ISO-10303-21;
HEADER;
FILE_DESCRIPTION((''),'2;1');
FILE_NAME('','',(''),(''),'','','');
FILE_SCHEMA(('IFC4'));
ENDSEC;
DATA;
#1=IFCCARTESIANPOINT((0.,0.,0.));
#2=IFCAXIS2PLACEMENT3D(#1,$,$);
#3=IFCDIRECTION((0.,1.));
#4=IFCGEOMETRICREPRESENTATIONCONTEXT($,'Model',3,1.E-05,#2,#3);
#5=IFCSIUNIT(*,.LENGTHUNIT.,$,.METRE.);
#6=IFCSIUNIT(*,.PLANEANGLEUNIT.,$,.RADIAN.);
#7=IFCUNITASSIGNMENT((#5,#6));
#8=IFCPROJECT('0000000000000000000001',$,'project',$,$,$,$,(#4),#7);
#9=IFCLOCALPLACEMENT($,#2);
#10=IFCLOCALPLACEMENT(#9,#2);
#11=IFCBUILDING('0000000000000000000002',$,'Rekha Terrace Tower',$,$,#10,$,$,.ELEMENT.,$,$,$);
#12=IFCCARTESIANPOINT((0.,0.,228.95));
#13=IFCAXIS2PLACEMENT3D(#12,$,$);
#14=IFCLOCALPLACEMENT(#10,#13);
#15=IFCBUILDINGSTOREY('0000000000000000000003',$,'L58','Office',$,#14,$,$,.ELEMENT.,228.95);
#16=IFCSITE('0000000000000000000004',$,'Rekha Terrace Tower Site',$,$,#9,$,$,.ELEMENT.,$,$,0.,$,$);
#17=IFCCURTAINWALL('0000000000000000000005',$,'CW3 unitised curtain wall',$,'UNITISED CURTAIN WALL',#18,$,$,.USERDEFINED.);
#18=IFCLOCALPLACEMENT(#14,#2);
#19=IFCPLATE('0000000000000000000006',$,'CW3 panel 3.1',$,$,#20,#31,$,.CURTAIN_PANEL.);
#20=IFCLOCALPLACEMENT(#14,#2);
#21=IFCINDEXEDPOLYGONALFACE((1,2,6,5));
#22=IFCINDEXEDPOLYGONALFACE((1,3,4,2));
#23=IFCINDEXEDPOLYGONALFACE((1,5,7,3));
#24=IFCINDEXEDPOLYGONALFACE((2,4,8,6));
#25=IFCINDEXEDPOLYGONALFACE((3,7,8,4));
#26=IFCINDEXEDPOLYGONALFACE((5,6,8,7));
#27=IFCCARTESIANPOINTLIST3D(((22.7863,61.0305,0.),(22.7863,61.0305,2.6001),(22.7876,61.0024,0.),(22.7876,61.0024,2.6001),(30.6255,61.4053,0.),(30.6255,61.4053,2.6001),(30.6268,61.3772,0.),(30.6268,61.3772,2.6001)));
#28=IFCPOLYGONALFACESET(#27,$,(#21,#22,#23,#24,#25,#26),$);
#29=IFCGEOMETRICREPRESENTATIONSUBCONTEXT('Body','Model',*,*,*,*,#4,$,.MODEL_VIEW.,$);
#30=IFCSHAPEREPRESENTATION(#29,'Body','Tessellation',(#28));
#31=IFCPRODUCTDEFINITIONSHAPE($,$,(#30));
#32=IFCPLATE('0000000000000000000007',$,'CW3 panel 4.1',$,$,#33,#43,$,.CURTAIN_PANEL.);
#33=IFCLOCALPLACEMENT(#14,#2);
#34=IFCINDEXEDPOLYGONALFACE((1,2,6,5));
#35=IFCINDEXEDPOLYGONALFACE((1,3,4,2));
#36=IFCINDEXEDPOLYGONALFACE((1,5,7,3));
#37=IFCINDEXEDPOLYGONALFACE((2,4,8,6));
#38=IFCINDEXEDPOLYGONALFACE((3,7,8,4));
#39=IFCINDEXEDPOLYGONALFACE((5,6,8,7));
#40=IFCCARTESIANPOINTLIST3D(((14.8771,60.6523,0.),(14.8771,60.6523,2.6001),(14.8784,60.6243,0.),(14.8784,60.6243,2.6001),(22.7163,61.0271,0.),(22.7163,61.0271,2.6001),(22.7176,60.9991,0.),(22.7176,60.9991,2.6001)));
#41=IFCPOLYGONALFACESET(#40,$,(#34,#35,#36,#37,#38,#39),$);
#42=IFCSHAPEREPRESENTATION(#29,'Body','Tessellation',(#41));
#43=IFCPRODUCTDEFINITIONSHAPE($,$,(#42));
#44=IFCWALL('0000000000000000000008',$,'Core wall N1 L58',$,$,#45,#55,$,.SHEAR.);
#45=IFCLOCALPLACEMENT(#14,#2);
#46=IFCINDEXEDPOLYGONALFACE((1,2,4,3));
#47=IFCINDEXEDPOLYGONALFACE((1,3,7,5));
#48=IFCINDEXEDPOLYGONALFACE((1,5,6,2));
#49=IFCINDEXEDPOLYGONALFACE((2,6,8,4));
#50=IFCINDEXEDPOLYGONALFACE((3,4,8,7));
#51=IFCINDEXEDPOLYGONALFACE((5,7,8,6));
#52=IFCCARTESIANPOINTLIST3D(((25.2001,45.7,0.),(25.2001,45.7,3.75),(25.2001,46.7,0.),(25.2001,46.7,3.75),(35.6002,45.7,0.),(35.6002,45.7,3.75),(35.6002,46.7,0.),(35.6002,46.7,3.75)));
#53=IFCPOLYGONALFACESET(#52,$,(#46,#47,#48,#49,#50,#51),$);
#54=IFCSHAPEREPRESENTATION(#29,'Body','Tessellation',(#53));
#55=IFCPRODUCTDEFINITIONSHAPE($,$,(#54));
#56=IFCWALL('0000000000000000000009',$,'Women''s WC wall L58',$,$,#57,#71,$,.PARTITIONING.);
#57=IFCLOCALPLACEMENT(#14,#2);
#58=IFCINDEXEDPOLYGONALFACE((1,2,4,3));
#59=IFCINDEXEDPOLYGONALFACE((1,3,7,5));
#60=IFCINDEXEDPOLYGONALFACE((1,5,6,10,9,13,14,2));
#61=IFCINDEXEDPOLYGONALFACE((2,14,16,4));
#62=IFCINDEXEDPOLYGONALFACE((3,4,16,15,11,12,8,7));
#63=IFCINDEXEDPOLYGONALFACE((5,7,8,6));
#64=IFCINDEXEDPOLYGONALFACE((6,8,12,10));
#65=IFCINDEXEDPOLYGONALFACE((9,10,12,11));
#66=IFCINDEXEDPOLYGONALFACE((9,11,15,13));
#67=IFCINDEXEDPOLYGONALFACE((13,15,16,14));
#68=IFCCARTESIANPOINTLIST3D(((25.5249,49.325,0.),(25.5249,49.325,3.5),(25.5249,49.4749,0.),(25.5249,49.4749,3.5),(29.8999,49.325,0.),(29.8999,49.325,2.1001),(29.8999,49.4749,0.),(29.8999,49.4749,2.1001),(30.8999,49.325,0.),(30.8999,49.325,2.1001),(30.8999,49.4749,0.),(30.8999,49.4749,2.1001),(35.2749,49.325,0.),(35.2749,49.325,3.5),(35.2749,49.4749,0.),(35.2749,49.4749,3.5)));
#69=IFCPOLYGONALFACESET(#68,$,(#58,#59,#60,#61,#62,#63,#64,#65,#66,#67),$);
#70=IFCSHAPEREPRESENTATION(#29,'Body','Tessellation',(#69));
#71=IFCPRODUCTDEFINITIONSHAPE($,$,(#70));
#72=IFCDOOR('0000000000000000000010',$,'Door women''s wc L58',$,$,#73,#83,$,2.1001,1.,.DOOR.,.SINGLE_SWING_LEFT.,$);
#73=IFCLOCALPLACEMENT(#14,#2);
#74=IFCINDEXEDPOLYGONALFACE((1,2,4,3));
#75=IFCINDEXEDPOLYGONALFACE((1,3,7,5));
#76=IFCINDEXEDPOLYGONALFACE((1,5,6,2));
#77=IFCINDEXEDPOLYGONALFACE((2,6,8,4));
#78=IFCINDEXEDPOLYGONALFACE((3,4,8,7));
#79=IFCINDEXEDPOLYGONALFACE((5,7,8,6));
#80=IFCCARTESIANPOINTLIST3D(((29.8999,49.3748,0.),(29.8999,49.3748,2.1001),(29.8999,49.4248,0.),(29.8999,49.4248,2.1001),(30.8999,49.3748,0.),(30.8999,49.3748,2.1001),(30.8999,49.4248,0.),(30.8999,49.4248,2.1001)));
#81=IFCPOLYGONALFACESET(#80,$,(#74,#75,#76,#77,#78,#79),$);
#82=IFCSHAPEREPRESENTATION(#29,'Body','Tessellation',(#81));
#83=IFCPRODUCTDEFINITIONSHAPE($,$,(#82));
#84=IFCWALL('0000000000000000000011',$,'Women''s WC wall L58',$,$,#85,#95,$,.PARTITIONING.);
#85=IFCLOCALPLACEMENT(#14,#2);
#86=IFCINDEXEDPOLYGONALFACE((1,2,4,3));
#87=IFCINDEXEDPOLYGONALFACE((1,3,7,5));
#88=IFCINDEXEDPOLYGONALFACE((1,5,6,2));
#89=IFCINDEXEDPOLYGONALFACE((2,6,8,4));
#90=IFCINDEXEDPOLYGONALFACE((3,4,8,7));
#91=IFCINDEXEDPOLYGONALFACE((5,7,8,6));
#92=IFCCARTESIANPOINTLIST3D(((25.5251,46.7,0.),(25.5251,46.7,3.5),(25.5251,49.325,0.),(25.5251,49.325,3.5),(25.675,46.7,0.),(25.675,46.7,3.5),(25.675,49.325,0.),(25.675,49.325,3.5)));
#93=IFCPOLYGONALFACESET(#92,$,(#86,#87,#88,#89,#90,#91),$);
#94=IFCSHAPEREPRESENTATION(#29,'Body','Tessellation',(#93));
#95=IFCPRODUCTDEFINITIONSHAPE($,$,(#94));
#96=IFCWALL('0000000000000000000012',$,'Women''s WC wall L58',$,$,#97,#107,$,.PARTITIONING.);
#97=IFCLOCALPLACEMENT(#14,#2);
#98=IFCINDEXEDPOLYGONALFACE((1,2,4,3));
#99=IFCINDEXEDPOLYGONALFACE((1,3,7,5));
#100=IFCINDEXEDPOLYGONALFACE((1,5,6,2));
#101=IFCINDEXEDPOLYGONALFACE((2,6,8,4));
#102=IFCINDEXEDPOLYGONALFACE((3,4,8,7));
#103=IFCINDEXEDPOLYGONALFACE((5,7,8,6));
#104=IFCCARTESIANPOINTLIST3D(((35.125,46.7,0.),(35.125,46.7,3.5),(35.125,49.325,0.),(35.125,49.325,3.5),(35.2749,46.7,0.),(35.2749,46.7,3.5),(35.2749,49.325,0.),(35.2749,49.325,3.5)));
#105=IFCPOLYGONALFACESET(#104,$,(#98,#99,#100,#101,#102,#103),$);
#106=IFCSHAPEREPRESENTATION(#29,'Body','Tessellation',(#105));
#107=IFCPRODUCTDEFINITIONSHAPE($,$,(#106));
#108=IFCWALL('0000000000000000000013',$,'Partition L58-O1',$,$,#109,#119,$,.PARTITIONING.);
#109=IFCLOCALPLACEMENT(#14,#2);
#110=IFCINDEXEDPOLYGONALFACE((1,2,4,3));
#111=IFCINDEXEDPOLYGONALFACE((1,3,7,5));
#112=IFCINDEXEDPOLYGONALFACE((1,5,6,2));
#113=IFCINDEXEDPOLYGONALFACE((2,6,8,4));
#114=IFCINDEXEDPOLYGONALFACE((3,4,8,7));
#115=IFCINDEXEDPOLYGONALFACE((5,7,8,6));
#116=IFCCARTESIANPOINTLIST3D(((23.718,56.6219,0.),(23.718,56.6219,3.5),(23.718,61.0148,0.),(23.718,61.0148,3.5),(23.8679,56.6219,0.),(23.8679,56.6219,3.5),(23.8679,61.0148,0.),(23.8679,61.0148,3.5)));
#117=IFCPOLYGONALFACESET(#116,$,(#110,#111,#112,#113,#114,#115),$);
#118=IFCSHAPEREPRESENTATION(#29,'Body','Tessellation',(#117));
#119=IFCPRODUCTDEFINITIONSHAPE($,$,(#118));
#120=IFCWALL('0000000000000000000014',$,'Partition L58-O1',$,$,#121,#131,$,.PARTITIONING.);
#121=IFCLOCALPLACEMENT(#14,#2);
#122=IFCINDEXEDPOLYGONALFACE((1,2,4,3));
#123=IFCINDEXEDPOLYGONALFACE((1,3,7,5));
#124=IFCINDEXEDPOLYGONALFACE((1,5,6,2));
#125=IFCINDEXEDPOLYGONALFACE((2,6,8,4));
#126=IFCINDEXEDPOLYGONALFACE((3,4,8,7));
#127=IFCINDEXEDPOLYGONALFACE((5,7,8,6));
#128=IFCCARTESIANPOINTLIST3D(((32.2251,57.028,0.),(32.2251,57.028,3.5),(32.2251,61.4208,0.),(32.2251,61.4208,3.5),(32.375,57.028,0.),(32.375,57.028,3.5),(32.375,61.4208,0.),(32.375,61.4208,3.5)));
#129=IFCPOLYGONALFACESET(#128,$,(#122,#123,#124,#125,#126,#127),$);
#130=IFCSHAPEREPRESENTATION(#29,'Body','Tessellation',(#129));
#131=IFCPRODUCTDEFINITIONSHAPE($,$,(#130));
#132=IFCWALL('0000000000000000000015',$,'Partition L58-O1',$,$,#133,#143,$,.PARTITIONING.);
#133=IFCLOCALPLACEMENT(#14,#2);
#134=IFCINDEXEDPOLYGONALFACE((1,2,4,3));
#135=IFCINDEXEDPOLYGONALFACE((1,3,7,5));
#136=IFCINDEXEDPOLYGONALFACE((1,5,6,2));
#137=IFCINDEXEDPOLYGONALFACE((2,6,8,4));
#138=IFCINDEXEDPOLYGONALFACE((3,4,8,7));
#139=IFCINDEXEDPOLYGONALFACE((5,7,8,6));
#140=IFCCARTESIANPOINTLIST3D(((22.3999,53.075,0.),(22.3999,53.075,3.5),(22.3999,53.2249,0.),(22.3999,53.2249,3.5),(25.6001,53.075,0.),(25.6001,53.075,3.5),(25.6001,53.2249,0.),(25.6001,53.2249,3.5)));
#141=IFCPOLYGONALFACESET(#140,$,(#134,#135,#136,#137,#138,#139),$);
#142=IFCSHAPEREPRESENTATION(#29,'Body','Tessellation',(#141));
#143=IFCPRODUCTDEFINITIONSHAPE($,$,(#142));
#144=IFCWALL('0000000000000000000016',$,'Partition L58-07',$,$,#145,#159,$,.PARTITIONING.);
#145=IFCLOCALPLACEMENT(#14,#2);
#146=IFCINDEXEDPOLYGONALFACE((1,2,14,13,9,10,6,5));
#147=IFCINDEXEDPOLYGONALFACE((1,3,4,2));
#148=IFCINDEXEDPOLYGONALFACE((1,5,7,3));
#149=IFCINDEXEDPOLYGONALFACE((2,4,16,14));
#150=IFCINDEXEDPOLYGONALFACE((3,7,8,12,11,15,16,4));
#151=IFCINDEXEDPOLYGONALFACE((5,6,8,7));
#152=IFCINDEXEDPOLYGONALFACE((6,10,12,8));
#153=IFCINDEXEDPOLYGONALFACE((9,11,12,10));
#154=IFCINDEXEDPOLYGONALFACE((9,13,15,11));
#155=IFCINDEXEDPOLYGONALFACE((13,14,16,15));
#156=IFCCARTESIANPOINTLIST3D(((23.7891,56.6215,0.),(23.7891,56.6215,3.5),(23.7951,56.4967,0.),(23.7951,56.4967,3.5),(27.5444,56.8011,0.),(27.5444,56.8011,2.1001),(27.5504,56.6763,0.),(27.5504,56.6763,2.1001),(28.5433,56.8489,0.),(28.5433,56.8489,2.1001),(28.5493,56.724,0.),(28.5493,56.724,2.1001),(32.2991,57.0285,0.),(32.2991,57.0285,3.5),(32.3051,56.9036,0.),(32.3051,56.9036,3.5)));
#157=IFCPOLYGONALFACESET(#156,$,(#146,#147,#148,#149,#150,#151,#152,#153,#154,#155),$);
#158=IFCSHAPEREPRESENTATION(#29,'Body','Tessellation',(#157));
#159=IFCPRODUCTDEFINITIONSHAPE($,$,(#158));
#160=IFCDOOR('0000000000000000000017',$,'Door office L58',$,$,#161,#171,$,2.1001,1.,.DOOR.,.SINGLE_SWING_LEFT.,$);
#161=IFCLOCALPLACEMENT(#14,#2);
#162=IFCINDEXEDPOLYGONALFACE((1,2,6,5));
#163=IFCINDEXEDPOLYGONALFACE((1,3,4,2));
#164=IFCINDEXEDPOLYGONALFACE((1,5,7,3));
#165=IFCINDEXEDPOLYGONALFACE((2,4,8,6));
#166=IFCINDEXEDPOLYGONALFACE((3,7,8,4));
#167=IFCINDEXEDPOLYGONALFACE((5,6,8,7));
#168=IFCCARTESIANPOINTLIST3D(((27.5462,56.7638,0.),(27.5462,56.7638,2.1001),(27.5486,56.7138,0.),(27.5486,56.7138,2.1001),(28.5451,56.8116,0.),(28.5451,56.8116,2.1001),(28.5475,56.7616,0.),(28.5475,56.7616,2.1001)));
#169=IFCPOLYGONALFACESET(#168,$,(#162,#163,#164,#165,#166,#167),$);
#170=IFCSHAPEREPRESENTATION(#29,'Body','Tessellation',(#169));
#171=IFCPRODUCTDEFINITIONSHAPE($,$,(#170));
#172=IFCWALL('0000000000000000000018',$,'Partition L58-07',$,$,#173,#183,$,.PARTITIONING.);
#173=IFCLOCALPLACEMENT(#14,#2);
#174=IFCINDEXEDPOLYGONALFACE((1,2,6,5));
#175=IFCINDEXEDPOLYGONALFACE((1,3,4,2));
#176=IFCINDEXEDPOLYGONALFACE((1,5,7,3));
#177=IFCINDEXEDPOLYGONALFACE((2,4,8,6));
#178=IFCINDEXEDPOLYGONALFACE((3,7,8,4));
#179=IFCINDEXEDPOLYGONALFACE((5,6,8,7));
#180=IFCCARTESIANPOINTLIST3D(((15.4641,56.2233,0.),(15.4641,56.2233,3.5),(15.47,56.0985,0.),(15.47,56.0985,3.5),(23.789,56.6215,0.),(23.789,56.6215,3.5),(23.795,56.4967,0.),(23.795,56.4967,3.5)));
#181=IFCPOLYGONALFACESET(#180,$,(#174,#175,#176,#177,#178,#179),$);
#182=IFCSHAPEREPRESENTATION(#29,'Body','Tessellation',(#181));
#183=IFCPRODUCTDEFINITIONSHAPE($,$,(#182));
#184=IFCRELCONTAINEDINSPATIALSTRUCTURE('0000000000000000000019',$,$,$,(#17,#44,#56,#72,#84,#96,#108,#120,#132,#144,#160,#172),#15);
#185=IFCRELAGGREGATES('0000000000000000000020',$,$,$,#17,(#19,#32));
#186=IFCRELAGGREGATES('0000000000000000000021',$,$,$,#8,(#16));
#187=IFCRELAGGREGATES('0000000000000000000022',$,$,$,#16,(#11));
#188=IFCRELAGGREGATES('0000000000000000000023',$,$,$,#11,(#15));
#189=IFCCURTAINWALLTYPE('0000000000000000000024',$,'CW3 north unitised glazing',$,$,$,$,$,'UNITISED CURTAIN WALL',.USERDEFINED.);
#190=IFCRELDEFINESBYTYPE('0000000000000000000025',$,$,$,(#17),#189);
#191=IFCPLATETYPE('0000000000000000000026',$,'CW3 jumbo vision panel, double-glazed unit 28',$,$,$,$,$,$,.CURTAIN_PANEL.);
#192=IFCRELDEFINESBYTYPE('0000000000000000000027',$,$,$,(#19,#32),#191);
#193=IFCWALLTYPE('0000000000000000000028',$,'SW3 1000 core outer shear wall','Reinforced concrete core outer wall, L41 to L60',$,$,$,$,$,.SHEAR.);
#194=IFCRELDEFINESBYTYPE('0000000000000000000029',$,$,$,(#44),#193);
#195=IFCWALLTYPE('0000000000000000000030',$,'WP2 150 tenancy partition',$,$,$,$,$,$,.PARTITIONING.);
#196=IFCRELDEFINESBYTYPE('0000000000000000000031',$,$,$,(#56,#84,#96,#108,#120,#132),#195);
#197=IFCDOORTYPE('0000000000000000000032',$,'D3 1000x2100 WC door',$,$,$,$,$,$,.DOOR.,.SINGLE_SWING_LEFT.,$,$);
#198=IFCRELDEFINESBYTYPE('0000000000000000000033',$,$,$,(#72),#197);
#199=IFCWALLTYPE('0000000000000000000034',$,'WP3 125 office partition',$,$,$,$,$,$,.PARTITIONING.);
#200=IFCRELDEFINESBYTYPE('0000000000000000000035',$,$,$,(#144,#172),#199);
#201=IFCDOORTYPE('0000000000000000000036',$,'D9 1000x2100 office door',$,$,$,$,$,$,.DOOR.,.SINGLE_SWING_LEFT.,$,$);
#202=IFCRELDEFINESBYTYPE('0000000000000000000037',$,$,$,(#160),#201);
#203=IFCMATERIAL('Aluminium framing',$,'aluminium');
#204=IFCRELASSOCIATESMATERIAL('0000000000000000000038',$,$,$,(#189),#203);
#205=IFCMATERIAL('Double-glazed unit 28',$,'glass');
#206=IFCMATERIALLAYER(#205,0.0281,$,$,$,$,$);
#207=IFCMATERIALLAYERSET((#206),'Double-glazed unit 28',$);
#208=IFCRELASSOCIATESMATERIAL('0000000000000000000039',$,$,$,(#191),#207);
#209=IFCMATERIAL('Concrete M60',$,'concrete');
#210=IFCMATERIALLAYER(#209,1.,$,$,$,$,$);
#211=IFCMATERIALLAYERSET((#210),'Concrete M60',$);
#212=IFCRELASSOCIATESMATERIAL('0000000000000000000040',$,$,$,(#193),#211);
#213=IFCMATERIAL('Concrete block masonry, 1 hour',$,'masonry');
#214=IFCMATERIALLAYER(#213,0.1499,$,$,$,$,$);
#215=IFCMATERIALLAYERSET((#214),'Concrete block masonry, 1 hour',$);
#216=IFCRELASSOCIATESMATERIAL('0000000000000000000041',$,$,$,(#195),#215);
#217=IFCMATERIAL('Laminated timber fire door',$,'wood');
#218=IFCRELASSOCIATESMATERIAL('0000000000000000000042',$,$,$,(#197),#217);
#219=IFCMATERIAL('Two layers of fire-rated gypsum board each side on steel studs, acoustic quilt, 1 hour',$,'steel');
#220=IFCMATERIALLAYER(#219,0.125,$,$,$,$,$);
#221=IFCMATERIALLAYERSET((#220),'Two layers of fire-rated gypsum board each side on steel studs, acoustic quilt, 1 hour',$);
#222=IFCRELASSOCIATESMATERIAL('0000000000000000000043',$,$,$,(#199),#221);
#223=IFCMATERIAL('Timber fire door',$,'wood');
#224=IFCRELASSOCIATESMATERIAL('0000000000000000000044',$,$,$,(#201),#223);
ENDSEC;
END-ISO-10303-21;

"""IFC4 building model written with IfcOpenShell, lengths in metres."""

from ifc_helpers import new_model, si_unit, direction, frame, frame_2d, origin, origin_2d, place, context, subcontext, project, spatial, rectangle, extrude, material, layer, layer_set, type_object, element, fill, aggregate, save


model = new_model("IFC4")

# Units and contexts
model_context = context("Model", 3, precision=1e-05, world=origin(), true_north=direction((0.0, 1.0)))
body_context = subcontext(model_context, "Body", "Model", "MODEL_VIEW")
ifc_project = project(units=[si_unit("LENGTHUNIT", "METRE"), si_unit("PLANEANGLEUNIT", "RADIAN")], contexts=[model_context])

# Site, building, storey
site_placement = place(None, origin())
site = spatial("IfcSite", under=ifc_project, at=site_placement, Name="Rekha Terrace Tower Site", CompositionType="ELEMENT", RefElevation=0.0)
building_placement = place(site_placement, origin())
building = spatial("IfcBuilding", under=site, at=building_placement, Name="Rekha Terrace Tower", CompositionType="ELEMENT")
storey_placement = place(building_placement, frame((0.0, 0.0, 228.95)))
storey = spatial("IfcBuildingStorey", under=building, at=storey_placement, Name="L58", Description="Office", CompositionType="ELEMENT", Elevation=228.95)

# Curtain wall, plates
ifc_material_1 = material(Name="Aluminium framing", Category="aluminium")
curtain_wall_type = type_object("IfcCurtainWallType", Name="CW3 north unitised glazing", ElementType="UNITISED CURTAIN WALL", PredefinedType="USERDEFINED", material=ifc_material_1)
curtain_wall_placement = place(storey_placement, origin())
curtain_wall = element("IfcCurtainWall", 1, at=curtain_wall_placement, inside=storey, type_object=curtain_wall_type, Name="CW3 unitised curtain wall", ObjectType="UNITISED CURTAIN WALL", PredefinedType="USERDEFINED")
ifc_material_2 = material(Name="Double-glazed unit 28", Category="glass")
ifc_layer_1 = layer(ifc_material_2, 0.0281)
ifc_layer_set_1 = layer_set([ifc_layer_1], Name="Double-glazed unit 28")
plate_type = type_object("IfcPlateType", Name="CW3 jumbo vision panel, double-glazed unit 28", PredefinedType="CURTAIN_PANEL", material=ifc_layer_set_1)
plate_1_placement = place(storey_placement, frame((26.7065, 61.2039, 0.0), z_axis=(0.0, 0.0, 1.0), x_axis=(-0.998859, -0.047759, 0.0)))
plate_1 = element("IfcPlate", 2, at=plate_1_placement, type_object=plate_type, Name="CW3 panel 3.1", PredefinedType="CURTAIN_PANEL", context=body_context, shape_type="SweptSolid", body=[
    extrude(rectangle(XDim=7.8481, YDim=0.0281, at=origin_2d()), origin(), (0.0, 0.0, 1.0), 2.6001),
])
plate_2_placement = place(storey_placement, frame((18.7974, 60.8257, 0.0), z_axis=(0.0, 0.0, 1.0), x_axis=(-0.998859, -0.047759, 0.0)))
plate_2 = element("IfcPlate", 3, at=plate_2_placement, type_object=plate_type, Name="CW3 panel 4.1", PredefinedType="CURTAIN_PANEL", context=body_context, shape_type="SweptSolid", body=[
    extrude(rectangle(XDim=7.8481, YDim=0.0281, at=origin_2d()), origin(), (0.0, 0.0, 1.0), 2.6001),
])
aggregate(curtain_wall, [plate_1, plate_2])

# Wall
ifc_material_3 = material(Name="Concrete M60", Category="concrete")
ifc_layer_2 = layer(ifc_material_3, 1.0)
ifc_layer_set_2 = layer_set([ifc_layer_2], Name="Concrete M60")
wall_type_1 = type_object("IfcWallType", Name="SW3 1000 core outer shear wall", Description="Reinforced concrete core outer wall, L41 to L60", PredefinedType="SHEAR", material=ifc_layer_set_2)
wall_1_placement = place(storey_placement, frame((25.2, 46.2, 0.0), z_axis=(0.0, 0.0, 1.0), x_axis=(1.0, 0.0, 0.0)))
element("IfcWall", 4, at=wall_1_placement, inside=storey, type_object=wall_type_1, Name="Core wall N1 L58", PredefinedType="SHEAR", context=body_context, shape_type="SweptSolid", body=[
    extrude(rectangle(XDim=10.4001, YDim=1.0, at=frame_2d((5.2002, 0.0))), origin(), (0.0, 0.0, 1.0), 3.75),
])

# Wall, opening, door
ifc_material_4 = material(Name="Concrete block masonry, 1 hour", Category="masonry")
ifc_layer_3 = layer(ifc_material_4, 0.1499)
ifc_layer_set_3 = layer_set([ifc_layer_3], Name="Concrete block masonry, 1 hour")
wall_type_2 = type_object("IfcWallType", Name="WP2 150 tenancy partition", PredefinedType="PARTITIONING", material=ifc_layer_set_3)
wall_2_placement = place(storey_placement, frame((25.5249, 49.3999, 0.0), z_axis=(0.0, 0.0, 1.0), x_axis=(1.0, 0.0, 0.0)))
wall_2 = element("IfcWall", 5, at=wall_2_placement, inside=storey, type_object=wall_type_2, Name="Women's WC wall L58", PredefinedType="PARTITIONING", context=body_context, shape_type="SweptSolid", body=[
    extrude(rectangle(XDim=9.75, YDim=0.1499, at=frame_2d((4.875, 0.0))), origin(), (0.0, 0.0, 1.0), 3.5),
])
opening_1_placement = place(wall_2_placement, frame((4.375, 0.0, 0.0)))
opening_1 = element("IfcOpeningElement", 6, at=opening_1_placement, cuts=wall_2, PredefinedType="OPENING", context=body_context, shape_type="SweptSolid", body=[
    extrude(rectangle(XDim=1.0, YDim=2.1001, at=frame_2d((0.5, 1.05))), frame((0.0, 0.085, 0.0), z_axis=(0.0, -1.0, 0.0), x_axis=(1.0, 0.0, 0.0)), (0.0, 0.0, 1.0), 0.1699),
])
ifc_material_5 = material(Name="Laminated timber fire door", Category="wood")
door_type_1 = type_object("IfcDoorType", Name="D3 1000x2100 WC door", OperationType="SINGLE_SWING_LEFT", PredefinedType="DOOR", material=ifc_material_5)
door_1_placement = place(opening_1_placement, origin())
door_1 = element("IfcDoor", 7, at=door_1_placement, inside=storey, type_object=door_type_1, Name="Door women's wc L58", OperationType="SINGLE_SWING_LEFT", OverallHeight=2.1001, OverallWidth=1.0, PredefinedType="DOOR", context=body_context, shape_type="SweptSolid", body=[
    extrude(rectangle(XDim=1.0, YDim=2.1001, at=frame_2d((0.5, 1.05))), frame((0.0, 0.0249, 0.0), z_axis=(0.0, -1.0, 0.0), x_axis=(1.0, 0.0, 0.0)), (0.0, 0.0, 1.0), 0.05),
])
fill(opening_1, door_1)

# Walls
for number, where, z_axis, x_axis, name in (
    (8, (25.6001, 46.7, 0.0), (0.0, 0.0, 1.0), (0.0, 1.0, 0.0), "Women's WC wall L58"),
    (9, (35.2, 46.7, 0.0), (0.0, 0.0, 1.0), (0.0, 1.0, 0.0), "Women's WC wall L58"),
):
    element("IfcWall", number, at=place(storey_placement, frame(where, z_axis=z_axis, x_axis=x_axis)), inside=storey, type_object=wall_type_2, Name=name, PredefinedType="PARTITIONING", context=body_context, shape_type="SweptSolid", body=[
        extrude(rectangle(XDim=2.625, YDim=0.1499, at=frame_2d((1.3125, 0.0))), origin(), (0.0, 0.0, 1.0), 3.5),
    ])
for number, where, z_axis, x_axis, name in (
    (10, (23.793, 56.6221, 0.0), (0.0, 0.0, 1.0), (0.0, 1.0, 0.0), "Partition L58-O1"),
    (11, (32.3, 57.0281, 0.0), (0.0, 0.0, 1.0), (0.0, 1.0, 0.0), "Partition L58-O1"),
):
    element("IfcWall", number, at=place(storey_placement, frame(where, z_axis=z_axis, x_axis=x_axis)), inside=storey, type_object=wall_type_2, Name=name, PredefinedType="PARTITIONING", context=body_context, shape_type="SweptSolid", body=[
        extrude(rectangle(XDim=4.3928, YDim=0.1499, at=frame_2d((2.1963, 0.0))), origin(), (0.0, 0.0, 1.0), 3.5),
    ])
wall_3_placement = place(storey_placement, frame((25.6001, 53.1499, 0.0), z_axis=(0.0, 0.0, 1.0), x_axis=(-1.0, 0.0, 0.0)))
element("IfcWall", 12, at=wall_3_placement, inside=storey, type_object=wall_type_2, Name="Partition L58-O1", PredefinedType="PARTITIONING", context=body_context, shape_type="SweptSolid", body=[
    extrude(rectangle(XDim=3.2002, YDim=0.1499, at=frame_2d((1.6001, 0.0))), origin(), (0.0, 0.0, 1.0), 3.5),
])

# Wall, opening, door
ifc_material_6 = material(Name="Two layers of fire-rated gypsum board each side on steel studs, acoustic quilt, 1 hour", Category="steel")
ifc_layer_4 = layer(ifc_material_6, 0.125)
ifc_layer_set_4 = layer_set([ifc_layer_4], Name="Two layers of fire-rated gypsum board each side on steel studs, acoustic quilt, 1 hour")
wall_type_3 = type_object("IfcWallType", Name="WP3 125 office partition", PredefinedType="PARTITIONING", material=ifc_layer_set_4)
wall_4_placement = place(storey_placement, frame((32.302, 56.9661, 0.0), z_axis=(0.0, 0.0, 1.0), x_axis=(-0.998858, -0.047769, 0.0)))
wall_4 = element("IfcWall", 13, at=wall_4_placement, inside=storey, type_object=wall_type_3, Name="Partition L58-07", PredefinedType="PARTITIONING", context=body_context, shape_type="SweptSolid", body=[
    extrude(rectangle(XDim=8.5198, YDim=0.125, at=frame_2d((4.2598, 0.0))), origin(), (0.0, 0.0, 1.0), 3.5),
])
opening_2_placement = place(wall_4_placement, frame((3.76, 0.0, 0.0)))
opening_2 = element("IfcOpeningElement", 14, at=opening_2_placement, cuts=wall_4, PredefinedType="OPENING", context=body_context, shape_type="SweptSolid", body=[
    extrude(rectangle(XDim=1.0, YDim=2.1001, at=frame_2d((0.5, 1.05))), frame((0.0, 0.0725, 0.0), z_axis=(0.0, -1.0, 0.0), x_axis=(1.0, 0.0, 0.0)), (0.0, 0.0, 1.0), 0.145),
])
ifc_material_7 = material(Name="Timber fire door", Category="wood")
door_type_2 = type_object("IfcDoorType", Name="D9 1000x2100 office door", OperationType="SINGLE_SWING_LEFT", PredefinedType="DOOR", material=ifc_material_7)
door_2_placement = place(opening_2_placement, origin())
door_2 = element("IfcDoor", 15, at=door_2_placement, inside=storey, type_object=door_type_2, Name="Door office L58", OperationType="SINGLE_SWING_LEFT", OverallHeight=2.1001, OverallWidth=1.0, PredefinedType="DOOR", context=body_context, shape_type="SweptSolid", body=[
    extrude(rectangle(XDim=1.0, YDim=2.1001, at=frame_2d((0.5, 1.05))), frame((0.0, 0.0249, 0.0), z_axis=(0.0, -1.0, 0.0), x_axis=(1.0, 0.0, 0.0)), (0.0, 0.0, 1.0), 0.05),
])
fill(opening_2, door_2)

# Wall
wall_5_placement = place(storey_placement, frame((23.792, 56.5591, 0.0), z_axis=(0.0, 0.0, 1.0), x_axis=(-0.998858, -0.047777, 0.0)))
element("IfcWall", 16, at=wall_5_placement, inside=storey, type_object=wall_type_3, Name="Partition L58-07", PredefinedType="PARTITIONING", context=body_context, shape_type="SweptSolid", body=[
    extrude(rectangle(XDim=8.3345, YDim=0.125, at=frame_2d((4.1672, 0.0))), origin(), (0.0, 0.0, 1.0), 3.5),
])

save(model, "model.ifc")
